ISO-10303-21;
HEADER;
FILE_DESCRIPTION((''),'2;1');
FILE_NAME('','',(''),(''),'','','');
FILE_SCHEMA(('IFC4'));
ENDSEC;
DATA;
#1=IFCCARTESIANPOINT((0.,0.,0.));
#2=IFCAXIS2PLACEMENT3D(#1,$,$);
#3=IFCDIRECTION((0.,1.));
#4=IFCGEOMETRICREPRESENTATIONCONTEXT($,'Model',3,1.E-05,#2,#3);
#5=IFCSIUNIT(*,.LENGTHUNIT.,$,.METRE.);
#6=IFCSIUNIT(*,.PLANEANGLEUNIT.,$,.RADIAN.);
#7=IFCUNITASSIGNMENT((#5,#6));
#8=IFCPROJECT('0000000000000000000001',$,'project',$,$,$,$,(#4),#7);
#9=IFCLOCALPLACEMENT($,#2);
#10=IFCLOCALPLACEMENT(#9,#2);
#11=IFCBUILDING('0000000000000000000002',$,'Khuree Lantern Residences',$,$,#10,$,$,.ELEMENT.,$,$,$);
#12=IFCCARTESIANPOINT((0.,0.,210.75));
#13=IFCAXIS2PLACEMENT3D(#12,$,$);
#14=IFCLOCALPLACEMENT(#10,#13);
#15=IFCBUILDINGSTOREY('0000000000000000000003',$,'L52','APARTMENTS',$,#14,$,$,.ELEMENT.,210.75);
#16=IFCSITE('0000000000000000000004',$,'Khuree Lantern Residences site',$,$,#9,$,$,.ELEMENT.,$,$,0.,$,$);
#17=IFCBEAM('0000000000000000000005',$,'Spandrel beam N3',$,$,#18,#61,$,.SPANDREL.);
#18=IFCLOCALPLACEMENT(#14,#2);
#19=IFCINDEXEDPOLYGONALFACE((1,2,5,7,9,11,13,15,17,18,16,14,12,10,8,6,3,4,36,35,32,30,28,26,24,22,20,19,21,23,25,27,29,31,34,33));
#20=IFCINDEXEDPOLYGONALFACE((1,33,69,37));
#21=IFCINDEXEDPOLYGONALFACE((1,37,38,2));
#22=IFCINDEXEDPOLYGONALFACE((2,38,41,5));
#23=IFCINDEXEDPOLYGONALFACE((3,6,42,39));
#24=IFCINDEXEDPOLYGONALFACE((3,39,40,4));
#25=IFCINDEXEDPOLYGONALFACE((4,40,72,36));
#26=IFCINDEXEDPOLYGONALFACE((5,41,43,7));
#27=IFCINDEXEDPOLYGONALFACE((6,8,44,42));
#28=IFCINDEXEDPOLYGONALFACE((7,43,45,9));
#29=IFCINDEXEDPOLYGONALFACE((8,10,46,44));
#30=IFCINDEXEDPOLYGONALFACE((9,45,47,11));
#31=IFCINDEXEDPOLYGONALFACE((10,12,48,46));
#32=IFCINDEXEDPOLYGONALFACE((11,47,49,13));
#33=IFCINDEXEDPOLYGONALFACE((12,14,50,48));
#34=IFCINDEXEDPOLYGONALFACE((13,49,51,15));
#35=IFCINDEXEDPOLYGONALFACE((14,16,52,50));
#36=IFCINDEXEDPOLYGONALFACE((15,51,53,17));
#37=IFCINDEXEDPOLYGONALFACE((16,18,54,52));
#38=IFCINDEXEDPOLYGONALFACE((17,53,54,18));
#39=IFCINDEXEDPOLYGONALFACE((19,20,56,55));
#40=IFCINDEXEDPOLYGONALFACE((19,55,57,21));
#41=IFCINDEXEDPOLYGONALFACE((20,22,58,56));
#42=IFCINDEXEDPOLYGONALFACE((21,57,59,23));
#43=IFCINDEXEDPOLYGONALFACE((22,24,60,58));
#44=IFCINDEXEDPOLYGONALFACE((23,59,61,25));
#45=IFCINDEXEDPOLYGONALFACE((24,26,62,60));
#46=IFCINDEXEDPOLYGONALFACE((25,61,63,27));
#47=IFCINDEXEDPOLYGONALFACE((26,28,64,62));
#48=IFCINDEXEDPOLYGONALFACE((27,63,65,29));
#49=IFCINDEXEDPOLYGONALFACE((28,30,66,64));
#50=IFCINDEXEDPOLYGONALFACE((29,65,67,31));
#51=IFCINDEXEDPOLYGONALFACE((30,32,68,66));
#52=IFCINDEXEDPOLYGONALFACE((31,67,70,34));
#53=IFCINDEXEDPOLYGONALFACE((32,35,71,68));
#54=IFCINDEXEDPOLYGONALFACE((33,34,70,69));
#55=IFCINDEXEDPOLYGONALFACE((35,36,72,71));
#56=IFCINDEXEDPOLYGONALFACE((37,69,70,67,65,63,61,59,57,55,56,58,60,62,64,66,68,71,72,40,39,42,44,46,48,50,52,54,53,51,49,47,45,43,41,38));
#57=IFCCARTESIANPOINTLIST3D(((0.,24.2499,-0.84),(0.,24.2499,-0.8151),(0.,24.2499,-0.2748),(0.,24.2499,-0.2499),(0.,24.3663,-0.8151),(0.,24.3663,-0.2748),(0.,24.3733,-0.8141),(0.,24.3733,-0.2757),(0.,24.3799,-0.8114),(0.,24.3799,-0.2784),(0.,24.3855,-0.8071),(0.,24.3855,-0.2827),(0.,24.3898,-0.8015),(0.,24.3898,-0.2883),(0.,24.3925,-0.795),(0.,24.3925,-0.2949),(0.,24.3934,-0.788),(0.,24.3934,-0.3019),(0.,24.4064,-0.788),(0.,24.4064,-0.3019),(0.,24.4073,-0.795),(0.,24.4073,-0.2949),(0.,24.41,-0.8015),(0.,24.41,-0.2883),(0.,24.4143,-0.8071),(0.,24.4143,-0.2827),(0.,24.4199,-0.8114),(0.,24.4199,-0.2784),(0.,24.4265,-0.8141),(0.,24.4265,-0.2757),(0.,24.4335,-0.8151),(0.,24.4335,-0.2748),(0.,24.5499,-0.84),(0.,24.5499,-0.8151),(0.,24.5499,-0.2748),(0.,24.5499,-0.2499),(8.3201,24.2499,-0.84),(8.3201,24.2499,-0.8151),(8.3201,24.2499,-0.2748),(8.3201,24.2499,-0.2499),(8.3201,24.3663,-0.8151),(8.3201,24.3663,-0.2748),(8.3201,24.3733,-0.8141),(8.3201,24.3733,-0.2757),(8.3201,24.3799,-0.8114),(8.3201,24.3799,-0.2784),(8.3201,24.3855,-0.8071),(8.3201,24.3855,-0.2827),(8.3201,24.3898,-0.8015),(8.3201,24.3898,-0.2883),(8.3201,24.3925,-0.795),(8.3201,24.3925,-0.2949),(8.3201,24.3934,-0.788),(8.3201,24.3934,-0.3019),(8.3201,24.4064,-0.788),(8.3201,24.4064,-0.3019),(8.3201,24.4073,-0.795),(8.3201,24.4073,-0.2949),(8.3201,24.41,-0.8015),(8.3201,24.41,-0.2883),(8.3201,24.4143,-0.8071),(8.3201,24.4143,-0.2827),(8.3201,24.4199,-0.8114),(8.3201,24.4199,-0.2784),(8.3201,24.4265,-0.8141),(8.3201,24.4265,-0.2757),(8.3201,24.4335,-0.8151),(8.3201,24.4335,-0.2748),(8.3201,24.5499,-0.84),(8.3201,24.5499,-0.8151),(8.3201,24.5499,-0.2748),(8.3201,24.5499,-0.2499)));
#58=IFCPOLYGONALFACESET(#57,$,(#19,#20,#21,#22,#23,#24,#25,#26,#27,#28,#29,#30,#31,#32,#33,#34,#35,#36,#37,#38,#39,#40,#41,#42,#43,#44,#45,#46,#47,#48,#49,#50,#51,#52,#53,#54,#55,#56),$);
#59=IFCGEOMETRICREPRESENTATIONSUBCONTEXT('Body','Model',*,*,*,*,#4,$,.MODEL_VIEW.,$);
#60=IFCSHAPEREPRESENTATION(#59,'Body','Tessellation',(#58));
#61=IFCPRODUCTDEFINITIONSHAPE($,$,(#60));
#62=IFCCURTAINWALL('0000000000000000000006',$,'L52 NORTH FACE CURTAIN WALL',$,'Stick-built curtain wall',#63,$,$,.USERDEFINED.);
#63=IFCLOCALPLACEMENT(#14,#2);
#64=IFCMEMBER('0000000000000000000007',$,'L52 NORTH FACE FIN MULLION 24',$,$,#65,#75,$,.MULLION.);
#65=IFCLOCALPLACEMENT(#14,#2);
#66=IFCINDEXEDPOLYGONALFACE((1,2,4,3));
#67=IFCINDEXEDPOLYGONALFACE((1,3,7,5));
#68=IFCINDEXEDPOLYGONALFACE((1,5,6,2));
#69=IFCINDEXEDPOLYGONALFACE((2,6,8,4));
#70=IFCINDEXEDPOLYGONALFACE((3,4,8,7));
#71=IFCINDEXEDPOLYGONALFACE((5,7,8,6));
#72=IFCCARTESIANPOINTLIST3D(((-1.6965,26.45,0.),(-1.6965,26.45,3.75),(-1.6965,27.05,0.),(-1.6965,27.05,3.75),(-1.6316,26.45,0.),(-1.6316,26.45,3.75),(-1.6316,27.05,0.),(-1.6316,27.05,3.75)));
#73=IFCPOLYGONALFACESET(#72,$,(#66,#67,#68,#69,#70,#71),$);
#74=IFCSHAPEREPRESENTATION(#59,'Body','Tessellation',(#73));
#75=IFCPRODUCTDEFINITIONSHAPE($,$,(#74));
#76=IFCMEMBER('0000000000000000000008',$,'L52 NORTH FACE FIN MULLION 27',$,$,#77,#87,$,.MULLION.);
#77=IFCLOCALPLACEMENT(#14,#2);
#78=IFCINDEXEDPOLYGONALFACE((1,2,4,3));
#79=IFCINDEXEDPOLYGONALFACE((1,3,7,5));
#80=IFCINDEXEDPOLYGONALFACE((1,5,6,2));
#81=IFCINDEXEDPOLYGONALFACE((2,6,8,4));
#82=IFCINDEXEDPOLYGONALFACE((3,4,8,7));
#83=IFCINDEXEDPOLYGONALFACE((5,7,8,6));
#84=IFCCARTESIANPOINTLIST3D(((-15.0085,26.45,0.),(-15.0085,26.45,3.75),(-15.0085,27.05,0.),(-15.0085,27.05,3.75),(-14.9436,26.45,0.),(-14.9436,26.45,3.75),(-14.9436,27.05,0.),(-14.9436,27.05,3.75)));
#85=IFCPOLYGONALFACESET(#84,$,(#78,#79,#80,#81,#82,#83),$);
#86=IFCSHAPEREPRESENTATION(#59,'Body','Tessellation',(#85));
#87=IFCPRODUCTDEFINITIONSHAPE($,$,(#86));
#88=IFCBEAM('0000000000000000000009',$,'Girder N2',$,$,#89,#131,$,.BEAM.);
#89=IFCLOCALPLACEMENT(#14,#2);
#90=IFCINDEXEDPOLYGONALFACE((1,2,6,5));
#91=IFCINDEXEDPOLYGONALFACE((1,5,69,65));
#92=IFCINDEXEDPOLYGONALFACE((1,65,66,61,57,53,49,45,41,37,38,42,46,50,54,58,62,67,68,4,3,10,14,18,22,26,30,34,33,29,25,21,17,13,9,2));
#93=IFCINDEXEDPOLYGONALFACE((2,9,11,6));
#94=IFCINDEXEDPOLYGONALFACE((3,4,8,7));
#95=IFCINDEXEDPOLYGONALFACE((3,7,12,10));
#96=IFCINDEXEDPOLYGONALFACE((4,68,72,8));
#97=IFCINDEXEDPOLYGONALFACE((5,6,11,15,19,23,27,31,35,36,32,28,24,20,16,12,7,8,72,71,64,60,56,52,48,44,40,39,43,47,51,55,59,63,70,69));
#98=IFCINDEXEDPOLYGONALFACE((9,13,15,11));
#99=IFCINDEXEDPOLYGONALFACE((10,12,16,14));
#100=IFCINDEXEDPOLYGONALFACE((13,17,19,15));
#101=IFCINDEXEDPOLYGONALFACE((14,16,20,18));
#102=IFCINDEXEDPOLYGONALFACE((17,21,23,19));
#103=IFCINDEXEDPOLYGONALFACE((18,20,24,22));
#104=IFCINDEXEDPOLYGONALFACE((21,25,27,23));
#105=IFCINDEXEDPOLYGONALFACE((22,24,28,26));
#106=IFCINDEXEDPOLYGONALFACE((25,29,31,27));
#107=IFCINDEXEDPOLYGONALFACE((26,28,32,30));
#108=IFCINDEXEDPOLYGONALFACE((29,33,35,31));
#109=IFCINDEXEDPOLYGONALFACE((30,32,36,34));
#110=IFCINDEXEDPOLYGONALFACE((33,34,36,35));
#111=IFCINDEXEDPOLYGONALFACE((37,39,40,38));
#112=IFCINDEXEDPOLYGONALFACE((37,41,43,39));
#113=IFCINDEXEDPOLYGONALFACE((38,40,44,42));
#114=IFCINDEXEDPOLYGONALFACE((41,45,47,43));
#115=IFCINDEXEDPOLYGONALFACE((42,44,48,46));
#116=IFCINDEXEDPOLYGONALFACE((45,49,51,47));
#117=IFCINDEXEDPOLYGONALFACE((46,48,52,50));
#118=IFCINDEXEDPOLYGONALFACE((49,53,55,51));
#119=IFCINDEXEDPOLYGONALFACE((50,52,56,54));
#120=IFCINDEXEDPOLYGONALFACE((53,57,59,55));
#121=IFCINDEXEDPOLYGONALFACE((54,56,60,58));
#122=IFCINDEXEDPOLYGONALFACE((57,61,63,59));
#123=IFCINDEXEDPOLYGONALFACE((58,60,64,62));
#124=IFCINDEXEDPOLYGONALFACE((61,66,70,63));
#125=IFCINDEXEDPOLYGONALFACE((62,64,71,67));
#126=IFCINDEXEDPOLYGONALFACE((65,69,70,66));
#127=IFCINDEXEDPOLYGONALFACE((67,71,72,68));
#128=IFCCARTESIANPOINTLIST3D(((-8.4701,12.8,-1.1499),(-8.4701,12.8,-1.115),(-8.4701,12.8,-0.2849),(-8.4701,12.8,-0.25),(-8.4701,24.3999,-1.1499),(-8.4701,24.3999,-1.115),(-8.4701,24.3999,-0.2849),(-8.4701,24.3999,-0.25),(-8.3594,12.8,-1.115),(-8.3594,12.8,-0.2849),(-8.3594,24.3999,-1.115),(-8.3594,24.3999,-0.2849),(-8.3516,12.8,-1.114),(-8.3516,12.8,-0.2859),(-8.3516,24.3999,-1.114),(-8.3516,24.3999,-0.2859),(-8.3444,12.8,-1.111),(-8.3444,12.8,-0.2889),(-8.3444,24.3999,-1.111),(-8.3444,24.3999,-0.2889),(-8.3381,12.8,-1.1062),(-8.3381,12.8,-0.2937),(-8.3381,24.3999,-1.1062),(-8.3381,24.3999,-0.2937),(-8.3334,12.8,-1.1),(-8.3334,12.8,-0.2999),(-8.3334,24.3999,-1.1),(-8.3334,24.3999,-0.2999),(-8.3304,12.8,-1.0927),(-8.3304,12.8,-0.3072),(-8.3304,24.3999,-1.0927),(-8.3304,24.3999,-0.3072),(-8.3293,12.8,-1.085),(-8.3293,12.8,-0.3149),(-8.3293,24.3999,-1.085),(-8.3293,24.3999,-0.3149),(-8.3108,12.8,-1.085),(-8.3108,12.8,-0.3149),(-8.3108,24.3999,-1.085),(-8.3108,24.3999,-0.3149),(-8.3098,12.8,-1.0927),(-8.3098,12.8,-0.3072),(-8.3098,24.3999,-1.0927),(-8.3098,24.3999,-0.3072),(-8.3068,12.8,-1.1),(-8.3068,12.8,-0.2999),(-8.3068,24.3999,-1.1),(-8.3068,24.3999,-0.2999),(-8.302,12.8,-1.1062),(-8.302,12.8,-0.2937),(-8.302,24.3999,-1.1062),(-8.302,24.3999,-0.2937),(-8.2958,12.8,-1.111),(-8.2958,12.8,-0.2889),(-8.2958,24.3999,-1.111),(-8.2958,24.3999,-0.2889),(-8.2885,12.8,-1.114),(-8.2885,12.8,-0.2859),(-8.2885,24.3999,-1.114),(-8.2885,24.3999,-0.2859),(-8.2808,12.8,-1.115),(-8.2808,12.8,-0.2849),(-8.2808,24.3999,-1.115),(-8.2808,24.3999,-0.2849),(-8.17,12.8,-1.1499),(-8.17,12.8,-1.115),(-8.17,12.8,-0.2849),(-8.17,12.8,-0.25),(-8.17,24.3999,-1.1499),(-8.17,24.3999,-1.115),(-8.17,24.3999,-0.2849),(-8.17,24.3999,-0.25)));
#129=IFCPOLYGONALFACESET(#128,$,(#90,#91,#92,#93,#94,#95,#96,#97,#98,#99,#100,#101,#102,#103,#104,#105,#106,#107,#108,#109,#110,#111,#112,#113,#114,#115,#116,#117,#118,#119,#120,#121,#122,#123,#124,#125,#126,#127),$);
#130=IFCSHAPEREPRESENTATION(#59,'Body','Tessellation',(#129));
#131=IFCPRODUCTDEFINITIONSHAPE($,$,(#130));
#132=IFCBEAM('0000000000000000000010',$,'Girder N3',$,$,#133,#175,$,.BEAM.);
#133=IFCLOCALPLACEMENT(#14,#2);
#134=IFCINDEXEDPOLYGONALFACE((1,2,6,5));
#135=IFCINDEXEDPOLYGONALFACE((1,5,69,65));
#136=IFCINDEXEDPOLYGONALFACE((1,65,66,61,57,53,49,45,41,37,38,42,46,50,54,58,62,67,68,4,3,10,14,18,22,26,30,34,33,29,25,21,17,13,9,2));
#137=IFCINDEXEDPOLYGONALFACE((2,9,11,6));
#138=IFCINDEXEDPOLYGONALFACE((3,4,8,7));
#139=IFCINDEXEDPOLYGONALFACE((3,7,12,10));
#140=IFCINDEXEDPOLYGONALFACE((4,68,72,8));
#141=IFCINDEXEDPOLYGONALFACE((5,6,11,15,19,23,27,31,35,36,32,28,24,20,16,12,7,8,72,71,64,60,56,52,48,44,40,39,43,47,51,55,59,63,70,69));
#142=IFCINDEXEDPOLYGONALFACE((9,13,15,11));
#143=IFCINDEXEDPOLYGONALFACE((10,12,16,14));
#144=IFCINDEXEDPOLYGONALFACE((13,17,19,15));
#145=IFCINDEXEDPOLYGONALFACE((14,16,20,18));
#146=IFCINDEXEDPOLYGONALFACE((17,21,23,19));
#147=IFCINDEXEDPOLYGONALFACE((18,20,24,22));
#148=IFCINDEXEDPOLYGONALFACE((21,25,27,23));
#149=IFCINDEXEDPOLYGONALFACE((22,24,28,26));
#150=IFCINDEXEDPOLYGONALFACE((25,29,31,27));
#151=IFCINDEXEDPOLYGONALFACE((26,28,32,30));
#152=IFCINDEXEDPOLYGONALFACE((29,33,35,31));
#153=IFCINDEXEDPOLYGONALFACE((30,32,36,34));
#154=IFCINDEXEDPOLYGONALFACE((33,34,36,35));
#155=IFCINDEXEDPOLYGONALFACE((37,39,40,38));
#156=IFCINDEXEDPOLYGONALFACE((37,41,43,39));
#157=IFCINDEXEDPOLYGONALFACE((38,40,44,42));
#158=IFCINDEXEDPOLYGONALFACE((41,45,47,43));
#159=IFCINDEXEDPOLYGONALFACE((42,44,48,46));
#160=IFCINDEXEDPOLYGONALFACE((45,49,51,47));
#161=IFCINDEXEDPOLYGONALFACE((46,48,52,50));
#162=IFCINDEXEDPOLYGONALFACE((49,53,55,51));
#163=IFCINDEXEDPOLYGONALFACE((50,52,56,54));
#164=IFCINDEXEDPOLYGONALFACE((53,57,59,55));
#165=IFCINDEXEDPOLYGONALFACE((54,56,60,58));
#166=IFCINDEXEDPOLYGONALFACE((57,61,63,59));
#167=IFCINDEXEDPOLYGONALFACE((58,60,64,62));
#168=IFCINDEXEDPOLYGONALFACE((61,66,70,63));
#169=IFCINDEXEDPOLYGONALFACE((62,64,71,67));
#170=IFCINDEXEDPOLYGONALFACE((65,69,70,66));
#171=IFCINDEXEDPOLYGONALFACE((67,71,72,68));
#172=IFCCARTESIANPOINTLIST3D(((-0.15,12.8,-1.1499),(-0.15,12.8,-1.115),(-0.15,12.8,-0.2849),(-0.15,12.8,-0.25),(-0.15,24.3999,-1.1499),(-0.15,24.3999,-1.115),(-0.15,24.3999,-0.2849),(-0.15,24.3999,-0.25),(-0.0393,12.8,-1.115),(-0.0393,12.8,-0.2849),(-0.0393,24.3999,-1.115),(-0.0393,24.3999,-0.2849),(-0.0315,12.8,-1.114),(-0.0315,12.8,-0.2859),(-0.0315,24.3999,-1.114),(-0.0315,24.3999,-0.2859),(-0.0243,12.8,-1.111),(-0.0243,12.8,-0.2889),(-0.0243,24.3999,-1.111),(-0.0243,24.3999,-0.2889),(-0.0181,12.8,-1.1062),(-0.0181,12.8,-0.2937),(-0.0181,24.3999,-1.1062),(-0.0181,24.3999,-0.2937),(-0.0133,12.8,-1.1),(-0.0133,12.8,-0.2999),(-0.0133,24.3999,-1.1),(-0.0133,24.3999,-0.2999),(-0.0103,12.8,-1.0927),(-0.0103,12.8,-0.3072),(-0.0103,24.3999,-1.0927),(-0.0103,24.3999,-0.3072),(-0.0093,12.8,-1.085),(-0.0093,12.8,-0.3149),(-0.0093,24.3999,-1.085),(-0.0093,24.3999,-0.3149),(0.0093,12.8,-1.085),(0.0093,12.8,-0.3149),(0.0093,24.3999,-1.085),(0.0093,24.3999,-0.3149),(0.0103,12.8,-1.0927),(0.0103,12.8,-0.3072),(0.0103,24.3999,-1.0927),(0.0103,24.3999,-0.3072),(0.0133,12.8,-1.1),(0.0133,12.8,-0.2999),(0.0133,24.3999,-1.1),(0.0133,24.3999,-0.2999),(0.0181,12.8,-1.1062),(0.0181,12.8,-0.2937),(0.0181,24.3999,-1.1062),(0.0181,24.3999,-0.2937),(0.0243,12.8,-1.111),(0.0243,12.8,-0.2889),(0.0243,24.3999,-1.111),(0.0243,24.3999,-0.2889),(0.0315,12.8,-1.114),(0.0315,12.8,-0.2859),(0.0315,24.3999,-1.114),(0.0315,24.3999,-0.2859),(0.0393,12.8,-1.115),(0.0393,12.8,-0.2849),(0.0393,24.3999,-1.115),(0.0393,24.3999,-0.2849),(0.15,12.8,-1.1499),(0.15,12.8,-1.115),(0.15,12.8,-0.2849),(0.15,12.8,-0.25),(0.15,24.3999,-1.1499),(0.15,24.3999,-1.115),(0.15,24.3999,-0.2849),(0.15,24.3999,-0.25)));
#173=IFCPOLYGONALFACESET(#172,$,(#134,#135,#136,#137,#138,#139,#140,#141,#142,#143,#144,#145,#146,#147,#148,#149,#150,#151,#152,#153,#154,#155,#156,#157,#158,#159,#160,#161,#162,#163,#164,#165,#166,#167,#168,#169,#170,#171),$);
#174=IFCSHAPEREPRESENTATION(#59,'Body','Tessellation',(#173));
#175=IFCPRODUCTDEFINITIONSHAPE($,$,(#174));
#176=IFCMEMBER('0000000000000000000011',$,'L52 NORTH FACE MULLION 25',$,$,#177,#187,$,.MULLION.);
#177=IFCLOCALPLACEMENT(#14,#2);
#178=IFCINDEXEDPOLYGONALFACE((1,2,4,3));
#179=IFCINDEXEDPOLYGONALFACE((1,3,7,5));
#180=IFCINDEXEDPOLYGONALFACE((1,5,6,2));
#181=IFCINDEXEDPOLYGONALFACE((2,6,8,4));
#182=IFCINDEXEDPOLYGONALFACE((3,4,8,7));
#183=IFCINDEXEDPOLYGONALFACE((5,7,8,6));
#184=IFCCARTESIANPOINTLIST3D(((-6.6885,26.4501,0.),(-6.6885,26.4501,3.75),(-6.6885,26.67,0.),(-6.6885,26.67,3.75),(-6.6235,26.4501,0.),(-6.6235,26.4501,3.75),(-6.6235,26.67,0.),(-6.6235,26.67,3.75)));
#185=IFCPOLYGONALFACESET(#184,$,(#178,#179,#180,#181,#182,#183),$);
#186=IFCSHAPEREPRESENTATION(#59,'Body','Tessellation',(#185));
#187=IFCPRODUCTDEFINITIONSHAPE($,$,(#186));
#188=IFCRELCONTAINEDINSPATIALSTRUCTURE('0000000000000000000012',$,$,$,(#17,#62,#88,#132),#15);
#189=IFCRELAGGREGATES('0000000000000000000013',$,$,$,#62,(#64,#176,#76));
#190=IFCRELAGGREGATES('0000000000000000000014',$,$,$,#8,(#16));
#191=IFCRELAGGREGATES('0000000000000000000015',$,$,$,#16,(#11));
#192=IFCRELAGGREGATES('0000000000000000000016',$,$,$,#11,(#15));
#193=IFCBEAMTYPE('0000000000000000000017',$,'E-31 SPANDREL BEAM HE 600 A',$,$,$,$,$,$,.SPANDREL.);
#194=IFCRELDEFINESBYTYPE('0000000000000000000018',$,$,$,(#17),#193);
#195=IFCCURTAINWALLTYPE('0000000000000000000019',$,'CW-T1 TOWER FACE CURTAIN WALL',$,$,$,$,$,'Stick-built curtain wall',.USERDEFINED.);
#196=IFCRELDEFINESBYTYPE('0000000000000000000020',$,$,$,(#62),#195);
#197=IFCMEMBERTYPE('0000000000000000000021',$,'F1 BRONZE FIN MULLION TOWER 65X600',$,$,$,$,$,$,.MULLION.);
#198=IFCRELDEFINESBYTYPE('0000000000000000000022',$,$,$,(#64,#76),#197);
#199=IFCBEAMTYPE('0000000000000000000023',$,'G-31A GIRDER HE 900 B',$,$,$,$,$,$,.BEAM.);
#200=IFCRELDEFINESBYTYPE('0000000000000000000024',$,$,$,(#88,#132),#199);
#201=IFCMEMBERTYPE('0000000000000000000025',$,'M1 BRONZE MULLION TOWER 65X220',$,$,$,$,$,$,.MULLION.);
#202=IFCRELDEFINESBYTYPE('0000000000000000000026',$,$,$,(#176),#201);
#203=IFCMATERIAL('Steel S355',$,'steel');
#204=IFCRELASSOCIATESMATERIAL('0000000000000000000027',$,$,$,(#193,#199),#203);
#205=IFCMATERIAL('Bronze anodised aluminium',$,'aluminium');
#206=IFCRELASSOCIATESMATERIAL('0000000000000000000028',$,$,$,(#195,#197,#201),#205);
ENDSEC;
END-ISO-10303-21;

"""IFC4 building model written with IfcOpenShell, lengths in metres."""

from ifc_helpers import new_model, si_unit, direction, frame, origin, origin_2d, place, context, subcontext, project, spatial, rectangle, i_section, extrude, material, material_profile, profile_set, type_object, element, aggregate, save


model = new_model("IFC4")

# Units and contexts
model_context = context("Model", 3, precision=1e-05, world=origin(), true_north=direction((0.0, 1.0)))
body_context = subcontext(model_context, "Body", "Model", "MODEL_VIEW")
ifc_project = project(units=[si_unit("LENGTHUNIT", "METRE"), si_unit("PLANEANGLEUNIT", "RADIAN")], contexts=[model_context])

# Site, building, storey
site_placement = place(None, origin())
site = spatial("IfcSite", under=ifc_project, at=site_placement, Name="Khuree Lantern Residences site", CompositionType="ELEMENT", RefElevation=0.0)
building_placement = place(site_placement, origin())
building = spatial("IfcBuilding", under=site, at=building_placement, Name="Khuree Lantern Residences", CompositionType="ELEMENT")
storey_placement = place(building_placement, frame((0.0, 0.0, 210.75)))
storey = spatial("IfcBuildingStorey", under=building, at=storey_placement, Name="L52", Description="APARTMENTS", CompositionType="ELEMENT", Elevation=210.75)

# Beam
ifc_material_1 = material(Name="Steel S355", Category="steel")
ifc_material_profile_1 = material_profile(ifc_material_1, i_section(OverallWidth=0.3, OverallDepth=0.5901, WebThickness=0.0129, FlangeThickness=0.0249, FilletRadius=0.0271, at=origin_2d()), Name="HE 600 A")
ifc_profile_set_1 = profile_set([ifc_material_profile_1], Name="Steel S355")
beam_type_1 = type_object("IfcBeamType", Name="E-31 SPANDREL BEAM HE 600 A", PredefinedType="SPANDREL", material=ifc_profile_set_1)
for number, where, z_axis, x_axis, name in (
    (1, (0.0, 24.3999, -0.5449), (1.0, 0.0, 0.0), (0.0, 1.0, 0.0), "Spandrel beam N3"),
):
    element("IfcBeam", number, at=place(storey_placement, frame(where, z_axis=z_axis, x_axis=x_axis)), inside=storey, type_object=beam_type_1, Name=name, PredefinedType="SPANDREL", context=body_context, shape_type="SweptSolid", body=[
        extrude(i_section(OverallWidth=0.3, OverallDepth=0.5901, WebThickness=0.0129, FlangeThickness=0.0249, FilletRadius=0.0271, at=origin_2d()), origin(), (0.0, 0.0, 1.0), 8.3201),
    ])

# Curtain wall, members
ifc_material_2 = material(Name="Bronze anodised aluminium", Category="aluminium")
curtain_wall_type = type_object("IfcCurtainWallType", Name="CW-T1 TOWER FACE CURTAIN WALL", ElementType="Stick-built curtain wall", PredefinedType="USERDEFINED", material=ifc_material_2)
curtain_wall_placement = place(storey_placement, origin())
curtain_wall = element("IfcCurtainWall", 2, at=curtain_wall_placement, inside=storey, type_object=curtain_wall_type, Name="L52 NORTH FACE CURTAIN WALL", ObjectType="Stick-built curtain wall", PredefinedType="USERDEFINED")
ifc_material_profile_2 = material_profile(ifc_material_2, rectangle(XDim=0.0649, YDim=0.6001, at=origin_2d()), Name="F1 65X600")
ifc_profile_set_2 = profile_set([ifc_material_profile_2], Name="Bronze anodised aluminium")
member_type_1 = type_object("IfcMemberType", Name="F1 BRONZE FIN MULLION TOWER 65X600", PredefinedType="MULLION", material=ifc_profile_set_2)
member_1_placement = place(storey_placement, frame((-1.6641, 26.75, 0.0), z_axis=(0.0, 0.0, 1.0), x_axis=(-1.0, 0.0, 0.0)))
member_1 = element("IfcMember", 3, at=member_1_placement, type_object=member_type_1, Name="L52 NORTH FACE FIN MULLION 24", PredefinedType="MULLION", context=body_context, shape_type="SweptSolid", body=[
    extrude(rectangle(XDim=0.0649, YDim=0.6001, at=origin_2d()), origin(), (0.0, 0.0, 1.0), 3.75),
])
member_2_placement = place(storey_placement, frame((-14.9761, 26.75, 0.0), z_axis=(0.0, 0.0, 1.0), x_axis=(-1.0, 0.0, 0.0)))
member_2 = element("IfcMember", 4, at=member_2_placement, type_object=member_type_1, Name="L52 NORTH FACE FIN MULLION 27", PredefinedType="MULLION", context=body_context, shape_type="SweptSolid", body=[
    extrude(rectangle(XDim=0.0649, YDim=0.6001, at=origin_2d()), origin(), (0.0, 0.0, 1.0), 3.75),
])

# Beams
ifc_material_profile_3 = material_profile(ifc_material_1, i_section(OverallWidth=0.3, OverallDepth=0.8999, WebThickness=0.0186, FlangeThickness=0.0349, FilletRadius=0.03, at=origin_2d()), Name="HE 900 B")
ifc_profile_set_3 = profile_set([ifc_material_profile_3], Name="Steel S355")
beam_type_2 = type_object("IfcBeamType", Name="G-31A GIRDER HE 900 B", PredefinedType="BEAM", material=ifc_profile_set_3)
for number, where, z_axis, x_axis, name in (
    (5, (-8.3201, 24.3999, -0.7), (0.0, -1.0, 0.0), (1.0, 0.0, 0.0), "Girder N2"),
    (6, (0.0, 24.3999, -0.7), (0.0, -1.0, 0.0), (1.0, 0.0, 0.0), "Girder N3"),
):
    element("IfcBeam", number, at=place(storey_placement, frame(where, z_axis=z_axis, x_axis=x_axis)), inside=storey, type_object=beam_type_2, Name=name, PredefinedType="BEAM", context=body_context, shape_type="SweptSolid", body=[
        extrude(i_section(OverallWidth=0.3, OverallDepth=0.8999, WebThickness=0.0186, FlangeThickness=0.0349, FilletRadius=0.03, at=origin_2d()), origin(), (0.0, 0.0, 1.0), 11.5999),
    ])

# Member
ifc_material_profile_4 = material_profile(ifc_material_2, rectangle(XDim=0.0649, YDim=0.22, at=origin_2d()), Name="M1 65X220")
ifc_profile_set_4 = profile_set([ifc_material_profile_4], Name="Bronze anodised aluminium")
member_type_2 = type_object("IfcMemberType", Name="M1 BRONZE MULLION TOWER 65X220", PredefinedType="MULLION", material=ifc_profile_set_4)
member_3_placement = place(storey_placement, frame((-6.656, 26.5601, 0.0), z_axis=(0.0, 0.0, 1.0), x_axis=(-1.0, 0.0, 0.0)))
member_3 = element("IfcMember", 7, at=member_3_placement, type_object=member_type_2, Name="L52 NORTH FACE MULLION 25", PredefinedType="MULLION", context=body_context, shape_type="SweptSolid", body=[
    extrude(rectangle(XDim=0.0649, YDim=0.22, at=origin_2d()), origin(), (0.0, 0.0, 1.0), 3.75),
])

aggregate(curtain_wall, [member_1, member_3, member_2])

save(model, "model.ifc")
